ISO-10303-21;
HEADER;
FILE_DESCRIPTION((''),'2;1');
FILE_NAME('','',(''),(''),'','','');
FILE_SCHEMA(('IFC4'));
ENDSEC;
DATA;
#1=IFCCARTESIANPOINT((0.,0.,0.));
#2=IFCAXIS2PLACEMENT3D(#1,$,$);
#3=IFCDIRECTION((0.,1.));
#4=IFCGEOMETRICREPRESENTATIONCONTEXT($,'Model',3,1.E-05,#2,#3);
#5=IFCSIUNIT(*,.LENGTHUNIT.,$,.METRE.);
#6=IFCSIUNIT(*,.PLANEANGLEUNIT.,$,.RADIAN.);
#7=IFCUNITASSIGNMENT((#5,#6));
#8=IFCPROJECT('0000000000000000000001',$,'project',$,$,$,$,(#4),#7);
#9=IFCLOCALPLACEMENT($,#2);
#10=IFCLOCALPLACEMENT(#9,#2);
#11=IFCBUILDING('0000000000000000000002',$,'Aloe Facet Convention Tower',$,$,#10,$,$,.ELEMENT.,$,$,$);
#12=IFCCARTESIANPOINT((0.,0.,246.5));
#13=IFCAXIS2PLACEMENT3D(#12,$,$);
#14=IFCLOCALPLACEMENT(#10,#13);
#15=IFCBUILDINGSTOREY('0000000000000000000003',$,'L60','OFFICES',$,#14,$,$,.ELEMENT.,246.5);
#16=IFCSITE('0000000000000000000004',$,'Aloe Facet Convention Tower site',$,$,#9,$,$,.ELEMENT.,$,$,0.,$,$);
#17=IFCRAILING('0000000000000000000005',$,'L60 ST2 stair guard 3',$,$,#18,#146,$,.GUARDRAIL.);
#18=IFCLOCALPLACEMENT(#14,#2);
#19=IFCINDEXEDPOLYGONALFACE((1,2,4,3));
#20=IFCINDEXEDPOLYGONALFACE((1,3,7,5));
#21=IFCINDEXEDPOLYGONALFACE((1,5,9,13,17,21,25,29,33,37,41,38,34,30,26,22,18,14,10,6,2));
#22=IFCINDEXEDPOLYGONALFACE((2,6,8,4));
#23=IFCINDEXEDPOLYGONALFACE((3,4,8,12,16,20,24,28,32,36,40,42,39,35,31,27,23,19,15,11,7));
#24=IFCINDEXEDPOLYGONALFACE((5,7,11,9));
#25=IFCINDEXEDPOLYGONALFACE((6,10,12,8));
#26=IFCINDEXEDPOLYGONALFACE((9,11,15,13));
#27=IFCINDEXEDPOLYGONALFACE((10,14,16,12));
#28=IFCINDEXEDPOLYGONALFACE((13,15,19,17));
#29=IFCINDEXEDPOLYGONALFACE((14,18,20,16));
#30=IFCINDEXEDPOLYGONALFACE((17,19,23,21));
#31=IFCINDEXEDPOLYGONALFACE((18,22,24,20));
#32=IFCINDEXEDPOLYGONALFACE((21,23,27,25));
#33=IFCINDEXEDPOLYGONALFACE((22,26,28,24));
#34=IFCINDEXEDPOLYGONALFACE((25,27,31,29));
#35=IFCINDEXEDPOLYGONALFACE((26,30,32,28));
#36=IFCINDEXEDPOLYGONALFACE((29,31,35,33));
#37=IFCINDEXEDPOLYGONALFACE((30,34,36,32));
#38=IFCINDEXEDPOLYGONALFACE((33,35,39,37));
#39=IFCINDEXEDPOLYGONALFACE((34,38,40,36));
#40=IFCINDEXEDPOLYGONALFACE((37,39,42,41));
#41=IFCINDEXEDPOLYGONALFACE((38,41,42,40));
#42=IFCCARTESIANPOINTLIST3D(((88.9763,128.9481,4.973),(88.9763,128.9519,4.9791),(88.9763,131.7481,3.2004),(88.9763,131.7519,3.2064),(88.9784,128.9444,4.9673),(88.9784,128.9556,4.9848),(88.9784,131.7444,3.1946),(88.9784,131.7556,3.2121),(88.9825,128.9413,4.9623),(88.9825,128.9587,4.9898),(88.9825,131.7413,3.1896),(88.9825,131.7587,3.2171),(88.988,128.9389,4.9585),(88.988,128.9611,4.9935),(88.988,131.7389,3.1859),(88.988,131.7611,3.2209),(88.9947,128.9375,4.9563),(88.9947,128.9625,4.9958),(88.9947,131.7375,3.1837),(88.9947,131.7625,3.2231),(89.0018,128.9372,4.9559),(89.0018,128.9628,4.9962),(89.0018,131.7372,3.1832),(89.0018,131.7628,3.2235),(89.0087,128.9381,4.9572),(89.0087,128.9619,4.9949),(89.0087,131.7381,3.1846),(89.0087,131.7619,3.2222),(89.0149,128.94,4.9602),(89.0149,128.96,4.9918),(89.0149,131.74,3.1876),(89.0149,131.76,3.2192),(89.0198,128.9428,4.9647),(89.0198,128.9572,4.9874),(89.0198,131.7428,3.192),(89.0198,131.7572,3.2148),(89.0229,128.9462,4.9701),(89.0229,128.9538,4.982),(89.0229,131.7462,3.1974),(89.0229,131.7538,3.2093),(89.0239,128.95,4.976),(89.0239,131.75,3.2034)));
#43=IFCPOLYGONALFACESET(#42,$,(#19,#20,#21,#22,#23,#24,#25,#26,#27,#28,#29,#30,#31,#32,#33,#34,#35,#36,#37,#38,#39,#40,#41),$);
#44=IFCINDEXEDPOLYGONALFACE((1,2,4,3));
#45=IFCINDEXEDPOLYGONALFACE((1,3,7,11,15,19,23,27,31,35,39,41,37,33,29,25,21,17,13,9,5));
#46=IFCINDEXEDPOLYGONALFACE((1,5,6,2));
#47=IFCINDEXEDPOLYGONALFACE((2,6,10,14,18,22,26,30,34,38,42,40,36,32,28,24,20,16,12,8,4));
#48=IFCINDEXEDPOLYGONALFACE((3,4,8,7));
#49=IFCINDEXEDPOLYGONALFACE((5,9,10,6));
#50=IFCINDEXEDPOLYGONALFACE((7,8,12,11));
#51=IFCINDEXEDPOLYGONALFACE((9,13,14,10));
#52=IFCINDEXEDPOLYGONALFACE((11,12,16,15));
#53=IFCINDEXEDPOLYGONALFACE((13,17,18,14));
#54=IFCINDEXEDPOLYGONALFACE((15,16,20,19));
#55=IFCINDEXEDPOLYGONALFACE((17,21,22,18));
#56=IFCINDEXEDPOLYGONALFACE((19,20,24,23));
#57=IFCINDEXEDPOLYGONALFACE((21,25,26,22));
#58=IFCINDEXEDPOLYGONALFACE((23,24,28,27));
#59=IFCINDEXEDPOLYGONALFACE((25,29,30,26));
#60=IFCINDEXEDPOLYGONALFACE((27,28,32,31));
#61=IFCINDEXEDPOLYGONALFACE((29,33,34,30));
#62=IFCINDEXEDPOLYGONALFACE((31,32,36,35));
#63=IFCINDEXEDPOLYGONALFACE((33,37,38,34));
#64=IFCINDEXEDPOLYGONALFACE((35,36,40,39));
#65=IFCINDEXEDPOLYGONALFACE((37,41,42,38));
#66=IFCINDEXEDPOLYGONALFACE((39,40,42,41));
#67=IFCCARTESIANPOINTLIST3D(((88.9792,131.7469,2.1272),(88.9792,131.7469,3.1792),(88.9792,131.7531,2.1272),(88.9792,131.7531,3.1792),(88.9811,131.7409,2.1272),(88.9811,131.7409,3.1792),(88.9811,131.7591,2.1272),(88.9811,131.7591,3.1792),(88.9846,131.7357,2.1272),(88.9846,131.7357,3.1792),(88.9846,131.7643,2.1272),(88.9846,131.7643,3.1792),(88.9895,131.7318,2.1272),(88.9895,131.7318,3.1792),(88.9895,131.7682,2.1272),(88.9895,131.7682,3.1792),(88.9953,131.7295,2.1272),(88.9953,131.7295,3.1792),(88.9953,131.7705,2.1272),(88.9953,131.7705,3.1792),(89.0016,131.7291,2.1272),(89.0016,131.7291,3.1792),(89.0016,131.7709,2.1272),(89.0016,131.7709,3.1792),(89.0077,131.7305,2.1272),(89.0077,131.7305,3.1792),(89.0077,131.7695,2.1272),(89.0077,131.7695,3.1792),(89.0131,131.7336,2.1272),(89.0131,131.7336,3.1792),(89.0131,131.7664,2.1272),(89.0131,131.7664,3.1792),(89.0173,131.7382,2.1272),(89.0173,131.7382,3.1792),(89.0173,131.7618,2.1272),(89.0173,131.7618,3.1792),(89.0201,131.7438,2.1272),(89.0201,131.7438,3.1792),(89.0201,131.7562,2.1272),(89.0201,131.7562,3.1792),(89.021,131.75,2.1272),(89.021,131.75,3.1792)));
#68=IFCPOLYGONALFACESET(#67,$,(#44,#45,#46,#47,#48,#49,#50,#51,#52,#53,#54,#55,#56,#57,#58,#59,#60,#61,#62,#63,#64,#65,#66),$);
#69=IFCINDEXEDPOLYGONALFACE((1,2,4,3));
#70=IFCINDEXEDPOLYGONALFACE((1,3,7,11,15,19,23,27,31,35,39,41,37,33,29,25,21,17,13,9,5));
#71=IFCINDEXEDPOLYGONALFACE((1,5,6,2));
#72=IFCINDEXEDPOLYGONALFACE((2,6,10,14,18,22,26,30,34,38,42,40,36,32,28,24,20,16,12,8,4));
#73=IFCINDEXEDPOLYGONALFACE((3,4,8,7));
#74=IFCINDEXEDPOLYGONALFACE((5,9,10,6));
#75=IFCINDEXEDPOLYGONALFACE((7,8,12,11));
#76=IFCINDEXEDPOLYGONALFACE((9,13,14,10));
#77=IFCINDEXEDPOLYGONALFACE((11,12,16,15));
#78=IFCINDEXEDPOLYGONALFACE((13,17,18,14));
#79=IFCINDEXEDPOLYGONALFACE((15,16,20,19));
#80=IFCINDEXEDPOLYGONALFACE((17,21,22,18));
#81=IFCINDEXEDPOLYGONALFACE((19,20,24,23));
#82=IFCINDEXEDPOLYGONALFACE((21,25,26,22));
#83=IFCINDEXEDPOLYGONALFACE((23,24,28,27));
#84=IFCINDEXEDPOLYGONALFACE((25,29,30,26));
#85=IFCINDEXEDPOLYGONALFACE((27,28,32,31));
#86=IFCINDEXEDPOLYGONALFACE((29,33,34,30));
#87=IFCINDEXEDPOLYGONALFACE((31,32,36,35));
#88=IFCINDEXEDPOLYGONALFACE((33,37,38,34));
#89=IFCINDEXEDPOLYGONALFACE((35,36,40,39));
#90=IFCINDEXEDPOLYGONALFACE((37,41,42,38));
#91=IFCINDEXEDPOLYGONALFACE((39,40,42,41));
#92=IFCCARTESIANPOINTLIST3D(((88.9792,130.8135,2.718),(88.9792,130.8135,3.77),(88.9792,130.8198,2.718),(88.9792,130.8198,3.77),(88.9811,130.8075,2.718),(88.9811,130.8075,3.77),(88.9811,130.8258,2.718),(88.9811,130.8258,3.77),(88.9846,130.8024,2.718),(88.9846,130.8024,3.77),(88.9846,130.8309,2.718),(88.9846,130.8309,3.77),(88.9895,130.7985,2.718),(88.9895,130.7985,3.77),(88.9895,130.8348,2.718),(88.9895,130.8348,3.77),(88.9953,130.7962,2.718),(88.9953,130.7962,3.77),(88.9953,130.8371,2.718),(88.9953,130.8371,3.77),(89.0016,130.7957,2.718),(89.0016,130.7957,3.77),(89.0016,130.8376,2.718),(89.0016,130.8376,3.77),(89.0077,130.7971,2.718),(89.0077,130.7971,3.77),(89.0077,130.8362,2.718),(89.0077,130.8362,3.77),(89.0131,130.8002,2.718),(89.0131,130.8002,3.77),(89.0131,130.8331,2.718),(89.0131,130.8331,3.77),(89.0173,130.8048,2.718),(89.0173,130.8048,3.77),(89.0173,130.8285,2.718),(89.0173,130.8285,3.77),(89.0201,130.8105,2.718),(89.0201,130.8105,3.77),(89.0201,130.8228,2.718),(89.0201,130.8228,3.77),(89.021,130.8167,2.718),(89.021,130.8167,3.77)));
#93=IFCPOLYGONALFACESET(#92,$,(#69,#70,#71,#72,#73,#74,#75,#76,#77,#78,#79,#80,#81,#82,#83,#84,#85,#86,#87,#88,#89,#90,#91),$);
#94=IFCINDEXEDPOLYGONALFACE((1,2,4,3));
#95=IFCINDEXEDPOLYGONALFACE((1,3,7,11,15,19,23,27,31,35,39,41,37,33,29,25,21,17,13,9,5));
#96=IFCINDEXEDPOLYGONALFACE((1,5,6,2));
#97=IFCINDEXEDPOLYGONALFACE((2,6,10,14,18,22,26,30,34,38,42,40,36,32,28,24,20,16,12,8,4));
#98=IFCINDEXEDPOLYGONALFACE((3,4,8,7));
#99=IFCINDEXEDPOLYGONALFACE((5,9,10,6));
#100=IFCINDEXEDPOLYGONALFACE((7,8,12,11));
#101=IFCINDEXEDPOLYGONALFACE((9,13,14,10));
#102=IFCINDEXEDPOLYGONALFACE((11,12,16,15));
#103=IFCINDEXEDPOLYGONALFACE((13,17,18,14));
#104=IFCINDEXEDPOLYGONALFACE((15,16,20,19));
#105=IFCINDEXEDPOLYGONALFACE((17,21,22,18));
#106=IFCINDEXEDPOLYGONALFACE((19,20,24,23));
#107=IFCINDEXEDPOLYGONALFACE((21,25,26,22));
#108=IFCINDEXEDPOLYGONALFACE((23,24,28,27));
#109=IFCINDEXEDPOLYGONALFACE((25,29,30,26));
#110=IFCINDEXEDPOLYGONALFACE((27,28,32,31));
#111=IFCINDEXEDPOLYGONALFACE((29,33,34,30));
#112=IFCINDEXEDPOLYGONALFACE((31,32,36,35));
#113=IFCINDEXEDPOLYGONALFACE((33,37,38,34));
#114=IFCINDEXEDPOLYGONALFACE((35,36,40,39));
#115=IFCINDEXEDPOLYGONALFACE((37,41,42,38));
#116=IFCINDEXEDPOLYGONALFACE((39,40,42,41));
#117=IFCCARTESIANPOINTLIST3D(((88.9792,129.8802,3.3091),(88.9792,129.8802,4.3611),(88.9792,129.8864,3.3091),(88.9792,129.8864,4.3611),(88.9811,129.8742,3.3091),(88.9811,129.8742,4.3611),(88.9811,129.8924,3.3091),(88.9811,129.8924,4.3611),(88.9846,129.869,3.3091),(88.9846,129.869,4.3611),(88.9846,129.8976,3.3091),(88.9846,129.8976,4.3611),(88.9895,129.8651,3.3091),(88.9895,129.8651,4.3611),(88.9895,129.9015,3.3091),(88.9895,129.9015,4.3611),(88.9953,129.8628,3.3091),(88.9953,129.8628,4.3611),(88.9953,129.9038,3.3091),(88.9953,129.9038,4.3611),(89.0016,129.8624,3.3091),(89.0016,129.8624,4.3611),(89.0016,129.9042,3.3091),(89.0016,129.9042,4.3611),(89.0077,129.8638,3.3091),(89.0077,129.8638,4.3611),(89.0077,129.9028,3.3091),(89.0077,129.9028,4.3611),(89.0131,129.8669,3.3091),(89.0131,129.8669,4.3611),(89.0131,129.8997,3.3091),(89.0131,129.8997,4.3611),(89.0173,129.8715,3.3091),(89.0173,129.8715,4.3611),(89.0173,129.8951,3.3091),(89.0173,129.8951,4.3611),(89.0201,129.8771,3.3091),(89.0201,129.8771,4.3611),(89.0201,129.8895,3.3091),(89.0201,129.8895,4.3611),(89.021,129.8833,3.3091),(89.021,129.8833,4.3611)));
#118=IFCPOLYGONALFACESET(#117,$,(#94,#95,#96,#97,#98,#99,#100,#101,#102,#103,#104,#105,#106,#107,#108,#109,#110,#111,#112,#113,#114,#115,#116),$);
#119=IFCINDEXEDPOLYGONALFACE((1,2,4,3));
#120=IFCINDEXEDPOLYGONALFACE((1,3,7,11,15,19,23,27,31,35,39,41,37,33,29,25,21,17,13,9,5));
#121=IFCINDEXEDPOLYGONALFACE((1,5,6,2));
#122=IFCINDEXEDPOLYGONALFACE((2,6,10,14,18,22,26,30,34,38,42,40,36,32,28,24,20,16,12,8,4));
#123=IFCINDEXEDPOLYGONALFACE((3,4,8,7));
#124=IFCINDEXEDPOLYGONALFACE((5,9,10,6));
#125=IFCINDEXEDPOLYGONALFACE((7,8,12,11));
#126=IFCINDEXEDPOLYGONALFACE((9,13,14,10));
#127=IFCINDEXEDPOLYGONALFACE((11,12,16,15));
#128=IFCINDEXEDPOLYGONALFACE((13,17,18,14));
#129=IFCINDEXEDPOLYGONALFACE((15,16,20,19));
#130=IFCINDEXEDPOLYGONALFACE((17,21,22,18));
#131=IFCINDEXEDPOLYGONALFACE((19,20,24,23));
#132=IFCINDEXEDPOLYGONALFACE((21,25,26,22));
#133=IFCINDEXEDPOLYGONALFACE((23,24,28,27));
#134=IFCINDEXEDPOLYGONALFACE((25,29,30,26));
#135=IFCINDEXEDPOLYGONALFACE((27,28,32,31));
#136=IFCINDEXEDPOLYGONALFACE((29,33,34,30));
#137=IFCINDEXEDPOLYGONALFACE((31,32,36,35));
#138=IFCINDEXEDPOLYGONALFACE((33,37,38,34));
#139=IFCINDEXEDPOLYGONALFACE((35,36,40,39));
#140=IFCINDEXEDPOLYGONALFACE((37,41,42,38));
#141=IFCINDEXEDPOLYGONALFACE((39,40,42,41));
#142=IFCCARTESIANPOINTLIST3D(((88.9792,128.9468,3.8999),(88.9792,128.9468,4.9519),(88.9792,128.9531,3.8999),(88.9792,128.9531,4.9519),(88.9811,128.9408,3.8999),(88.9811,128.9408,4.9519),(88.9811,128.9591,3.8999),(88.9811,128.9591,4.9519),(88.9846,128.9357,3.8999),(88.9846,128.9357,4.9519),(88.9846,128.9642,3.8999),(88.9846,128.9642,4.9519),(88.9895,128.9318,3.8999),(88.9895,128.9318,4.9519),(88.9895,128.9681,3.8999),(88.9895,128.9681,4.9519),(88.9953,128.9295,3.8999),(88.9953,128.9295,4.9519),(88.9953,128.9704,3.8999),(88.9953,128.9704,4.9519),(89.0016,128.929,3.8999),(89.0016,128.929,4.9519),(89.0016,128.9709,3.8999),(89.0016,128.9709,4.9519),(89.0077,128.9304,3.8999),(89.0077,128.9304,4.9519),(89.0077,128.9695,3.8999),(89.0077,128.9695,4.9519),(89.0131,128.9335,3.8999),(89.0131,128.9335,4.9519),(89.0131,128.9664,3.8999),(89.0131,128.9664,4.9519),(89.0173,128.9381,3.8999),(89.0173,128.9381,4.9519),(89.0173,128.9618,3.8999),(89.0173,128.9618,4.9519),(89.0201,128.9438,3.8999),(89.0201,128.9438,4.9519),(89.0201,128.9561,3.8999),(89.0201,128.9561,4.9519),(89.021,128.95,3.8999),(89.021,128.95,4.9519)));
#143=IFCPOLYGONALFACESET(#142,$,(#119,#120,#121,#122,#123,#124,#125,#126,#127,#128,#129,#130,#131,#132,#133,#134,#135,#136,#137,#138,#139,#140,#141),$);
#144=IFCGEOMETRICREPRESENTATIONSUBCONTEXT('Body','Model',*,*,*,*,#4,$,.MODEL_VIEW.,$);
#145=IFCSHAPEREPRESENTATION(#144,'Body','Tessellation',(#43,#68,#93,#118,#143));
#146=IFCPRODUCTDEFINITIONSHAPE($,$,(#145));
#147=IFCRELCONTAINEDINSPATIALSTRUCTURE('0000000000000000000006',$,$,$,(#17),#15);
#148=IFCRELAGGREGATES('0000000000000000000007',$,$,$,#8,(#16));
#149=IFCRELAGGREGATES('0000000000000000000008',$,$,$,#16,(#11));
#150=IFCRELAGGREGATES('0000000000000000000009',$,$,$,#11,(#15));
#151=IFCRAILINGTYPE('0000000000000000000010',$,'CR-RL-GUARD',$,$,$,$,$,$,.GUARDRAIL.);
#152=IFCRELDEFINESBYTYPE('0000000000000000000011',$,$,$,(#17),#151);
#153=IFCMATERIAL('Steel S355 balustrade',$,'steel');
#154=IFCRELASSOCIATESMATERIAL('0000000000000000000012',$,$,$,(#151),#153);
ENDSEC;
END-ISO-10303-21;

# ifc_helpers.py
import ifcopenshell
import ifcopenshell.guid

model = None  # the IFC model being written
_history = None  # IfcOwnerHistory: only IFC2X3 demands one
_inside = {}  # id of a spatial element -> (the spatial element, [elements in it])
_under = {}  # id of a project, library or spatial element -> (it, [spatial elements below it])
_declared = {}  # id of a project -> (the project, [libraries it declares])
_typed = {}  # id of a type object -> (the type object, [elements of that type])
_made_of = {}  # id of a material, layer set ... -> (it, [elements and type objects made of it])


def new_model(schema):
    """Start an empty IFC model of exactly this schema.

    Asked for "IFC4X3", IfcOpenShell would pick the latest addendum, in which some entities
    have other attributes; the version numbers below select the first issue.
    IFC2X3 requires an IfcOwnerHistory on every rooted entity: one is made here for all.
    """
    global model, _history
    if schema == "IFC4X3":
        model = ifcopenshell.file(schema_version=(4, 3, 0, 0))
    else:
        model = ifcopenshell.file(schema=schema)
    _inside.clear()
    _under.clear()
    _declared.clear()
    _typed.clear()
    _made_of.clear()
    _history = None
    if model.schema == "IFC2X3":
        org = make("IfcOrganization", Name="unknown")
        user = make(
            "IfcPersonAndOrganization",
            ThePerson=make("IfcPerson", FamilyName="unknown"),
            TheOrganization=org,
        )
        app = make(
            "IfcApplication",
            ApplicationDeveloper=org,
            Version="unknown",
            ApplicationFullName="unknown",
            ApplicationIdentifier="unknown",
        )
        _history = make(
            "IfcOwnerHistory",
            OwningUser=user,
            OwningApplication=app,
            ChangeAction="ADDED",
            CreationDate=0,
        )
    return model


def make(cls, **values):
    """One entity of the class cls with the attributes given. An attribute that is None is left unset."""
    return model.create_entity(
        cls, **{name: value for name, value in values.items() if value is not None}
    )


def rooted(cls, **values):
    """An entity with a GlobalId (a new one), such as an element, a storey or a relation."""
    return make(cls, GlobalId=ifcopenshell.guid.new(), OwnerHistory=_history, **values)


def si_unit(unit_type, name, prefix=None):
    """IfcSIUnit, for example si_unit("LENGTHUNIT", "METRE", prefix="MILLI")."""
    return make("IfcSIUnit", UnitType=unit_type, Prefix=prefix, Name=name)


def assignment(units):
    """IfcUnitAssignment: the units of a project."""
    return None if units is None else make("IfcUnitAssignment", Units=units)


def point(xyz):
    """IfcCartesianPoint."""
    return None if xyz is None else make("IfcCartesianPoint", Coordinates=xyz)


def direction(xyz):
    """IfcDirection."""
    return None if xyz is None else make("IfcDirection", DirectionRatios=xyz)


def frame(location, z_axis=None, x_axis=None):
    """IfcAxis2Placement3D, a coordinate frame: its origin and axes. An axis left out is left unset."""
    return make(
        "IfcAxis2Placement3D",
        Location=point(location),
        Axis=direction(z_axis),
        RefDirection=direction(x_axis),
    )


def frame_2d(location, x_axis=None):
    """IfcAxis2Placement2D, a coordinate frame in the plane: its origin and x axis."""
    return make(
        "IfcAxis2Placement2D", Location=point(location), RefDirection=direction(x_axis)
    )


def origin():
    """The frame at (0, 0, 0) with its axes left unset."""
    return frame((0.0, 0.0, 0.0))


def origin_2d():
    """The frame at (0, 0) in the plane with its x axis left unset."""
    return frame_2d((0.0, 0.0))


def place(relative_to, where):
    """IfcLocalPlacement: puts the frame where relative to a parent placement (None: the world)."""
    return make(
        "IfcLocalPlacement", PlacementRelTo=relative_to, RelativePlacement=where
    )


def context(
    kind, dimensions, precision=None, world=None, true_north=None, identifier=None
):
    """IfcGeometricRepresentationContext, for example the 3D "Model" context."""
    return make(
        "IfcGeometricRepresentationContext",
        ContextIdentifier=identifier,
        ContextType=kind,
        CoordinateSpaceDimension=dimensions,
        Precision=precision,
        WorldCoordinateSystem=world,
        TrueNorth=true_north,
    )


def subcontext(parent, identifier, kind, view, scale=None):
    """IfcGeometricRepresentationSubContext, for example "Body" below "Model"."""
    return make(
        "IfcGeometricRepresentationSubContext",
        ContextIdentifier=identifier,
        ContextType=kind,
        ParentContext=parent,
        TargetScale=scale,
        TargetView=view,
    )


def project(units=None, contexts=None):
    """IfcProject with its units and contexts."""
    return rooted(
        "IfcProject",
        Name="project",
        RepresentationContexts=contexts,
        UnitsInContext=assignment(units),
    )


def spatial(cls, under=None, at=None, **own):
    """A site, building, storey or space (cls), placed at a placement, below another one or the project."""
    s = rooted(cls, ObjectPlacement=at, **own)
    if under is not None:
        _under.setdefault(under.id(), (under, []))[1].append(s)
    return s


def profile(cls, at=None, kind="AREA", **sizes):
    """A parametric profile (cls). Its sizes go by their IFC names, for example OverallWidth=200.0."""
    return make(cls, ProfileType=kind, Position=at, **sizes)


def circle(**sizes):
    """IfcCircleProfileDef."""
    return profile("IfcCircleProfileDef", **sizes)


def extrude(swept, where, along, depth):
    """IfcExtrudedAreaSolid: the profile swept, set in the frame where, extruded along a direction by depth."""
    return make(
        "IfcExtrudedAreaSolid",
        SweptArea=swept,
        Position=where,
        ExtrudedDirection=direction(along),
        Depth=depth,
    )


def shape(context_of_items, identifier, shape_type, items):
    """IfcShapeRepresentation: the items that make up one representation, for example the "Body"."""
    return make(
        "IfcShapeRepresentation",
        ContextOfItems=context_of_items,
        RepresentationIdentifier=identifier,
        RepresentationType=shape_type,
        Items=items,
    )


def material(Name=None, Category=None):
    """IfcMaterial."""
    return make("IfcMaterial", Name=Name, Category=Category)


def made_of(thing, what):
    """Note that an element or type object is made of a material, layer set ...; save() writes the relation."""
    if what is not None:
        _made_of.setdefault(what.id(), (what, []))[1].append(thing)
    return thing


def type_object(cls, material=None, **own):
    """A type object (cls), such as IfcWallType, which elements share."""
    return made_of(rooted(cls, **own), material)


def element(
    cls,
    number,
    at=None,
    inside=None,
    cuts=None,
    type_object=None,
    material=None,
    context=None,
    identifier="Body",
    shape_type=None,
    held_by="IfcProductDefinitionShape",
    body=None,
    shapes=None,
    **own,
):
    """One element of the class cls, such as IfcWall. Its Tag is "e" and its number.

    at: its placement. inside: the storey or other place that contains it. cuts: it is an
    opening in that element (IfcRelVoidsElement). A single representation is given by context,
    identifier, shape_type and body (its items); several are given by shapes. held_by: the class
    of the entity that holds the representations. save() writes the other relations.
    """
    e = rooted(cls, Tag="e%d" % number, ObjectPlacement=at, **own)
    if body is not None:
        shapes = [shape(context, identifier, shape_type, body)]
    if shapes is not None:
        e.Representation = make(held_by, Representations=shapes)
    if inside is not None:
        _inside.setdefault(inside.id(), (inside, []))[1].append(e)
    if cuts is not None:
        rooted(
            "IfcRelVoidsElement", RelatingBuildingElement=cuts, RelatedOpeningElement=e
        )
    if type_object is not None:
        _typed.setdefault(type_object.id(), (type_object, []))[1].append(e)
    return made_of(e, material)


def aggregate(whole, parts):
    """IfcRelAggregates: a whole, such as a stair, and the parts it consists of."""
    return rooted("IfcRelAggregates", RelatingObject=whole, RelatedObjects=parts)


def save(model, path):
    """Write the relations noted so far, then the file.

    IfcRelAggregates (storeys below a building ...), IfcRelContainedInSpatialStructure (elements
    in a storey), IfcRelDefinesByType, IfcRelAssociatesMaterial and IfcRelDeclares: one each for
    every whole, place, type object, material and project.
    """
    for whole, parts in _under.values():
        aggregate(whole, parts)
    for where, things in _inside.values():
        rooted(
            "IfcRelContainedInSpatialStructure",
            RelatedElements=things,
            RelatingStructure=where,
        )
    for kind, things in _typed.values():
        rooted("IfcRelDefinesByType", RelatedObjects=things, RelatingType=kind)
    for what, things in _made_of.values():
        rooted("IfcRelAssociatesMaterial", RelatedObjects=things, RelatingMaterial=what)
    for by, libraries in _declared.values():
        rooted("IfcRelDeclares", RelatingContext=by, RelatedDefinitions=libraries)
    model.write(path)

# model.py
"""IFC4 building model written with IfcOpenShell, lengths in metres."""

from ifc_helpers import new_model, si_unit, direction, frame, origin, origin_2d, place, context, subcontext, project, spatial, circle, extrude, material, type_object, element, save


model = new_model("IFC4")

# Units and contexts
model_context = context("Model", 3, precision=1e-05, world=origin(), true_north=direction((0.0, 1.0)))
body_context = subcontext(model_context, "Body", "Model", "MODEL_VIEW")
ifc_project = project(units=[si_unit("LENGTHUNIT", "METRE"), si_unit("PLANEANGLEUNIT", "RADIAN")], contexts=[model_context])

# Site, building, storey
site_placement = place(None, origin())
site = spatial("IfcSite", under=ifc_project, at=site_placement, Name="Aloe Facet Convention Tower site", CompositionType="ELEMENT", RefElevation=0.0)
building_placement = place(site_placement, origin())
building = spatial("IfcBuilding", under=site, at=building_placement, Name="Aloe Facet Convention Tower", CompositionType="ELEMENT")
storey_placement = place(building_placement, frame((0.0, 0.0, 246.5)))
storey = spatial("IfcBuildingStorey", under=building, at=storey_placement, Name="L60", Description="OFFICES", CompositionType="ELEMENT", Elevation=246.5)

# Railing
ifc_material_1 = material(Name="Steel S355 balustrade", Category="steel")
railing_type_1 = type_object("IfcRailingType", Name="CR-RL-GUARD", PredefinedType="GUARDRAIL", material=ifc_material_1)
railing_1_placement = place(storey_placement, frame((89.0, 131.75, 2.1272)))
element("IfcRailing", 1, at=railing_1_placement, inside=storey, type_object=railing_type_1, Name="L60 ST2 stair guard 3", PredefinedType="GUARDRAIL", context=body_context, shape_type="SweptSolid", body=[
    extrude(circle(Radius=0.0239, at=origin_2d()), frame((0.0, 0.0, 1.0762), z_axis=(0.0, -0.844909, 0.53491), x_axis=(1.0, 0.0, 0.0)), (0.0, 0.0, 1.0), 3.314),
    extrude(circle(Radius=0.021, at=origin_2d()), origin(), (0.0, 0.0, 1.0), 1.052),
    extrude(circle(Radius=0.021, at=origin_2d()), frame((0.0, -0.9333, 0.5908)), (0.0, 0.0, 1.0), 1.052),
    extrude(circle(Radius=0.021, at=origin_2d()), frame((0.0, -1.8667, 1.1819)), (0.0, 0.0, 1.0), 1.052),
    extrude(circle(Radius=0.021, at=origin_2d()), frame((0.0, -2.8, 1.7727)), (0.0, 0.0, 1.0), 1.052),
])

save(model, "model.ifc")
